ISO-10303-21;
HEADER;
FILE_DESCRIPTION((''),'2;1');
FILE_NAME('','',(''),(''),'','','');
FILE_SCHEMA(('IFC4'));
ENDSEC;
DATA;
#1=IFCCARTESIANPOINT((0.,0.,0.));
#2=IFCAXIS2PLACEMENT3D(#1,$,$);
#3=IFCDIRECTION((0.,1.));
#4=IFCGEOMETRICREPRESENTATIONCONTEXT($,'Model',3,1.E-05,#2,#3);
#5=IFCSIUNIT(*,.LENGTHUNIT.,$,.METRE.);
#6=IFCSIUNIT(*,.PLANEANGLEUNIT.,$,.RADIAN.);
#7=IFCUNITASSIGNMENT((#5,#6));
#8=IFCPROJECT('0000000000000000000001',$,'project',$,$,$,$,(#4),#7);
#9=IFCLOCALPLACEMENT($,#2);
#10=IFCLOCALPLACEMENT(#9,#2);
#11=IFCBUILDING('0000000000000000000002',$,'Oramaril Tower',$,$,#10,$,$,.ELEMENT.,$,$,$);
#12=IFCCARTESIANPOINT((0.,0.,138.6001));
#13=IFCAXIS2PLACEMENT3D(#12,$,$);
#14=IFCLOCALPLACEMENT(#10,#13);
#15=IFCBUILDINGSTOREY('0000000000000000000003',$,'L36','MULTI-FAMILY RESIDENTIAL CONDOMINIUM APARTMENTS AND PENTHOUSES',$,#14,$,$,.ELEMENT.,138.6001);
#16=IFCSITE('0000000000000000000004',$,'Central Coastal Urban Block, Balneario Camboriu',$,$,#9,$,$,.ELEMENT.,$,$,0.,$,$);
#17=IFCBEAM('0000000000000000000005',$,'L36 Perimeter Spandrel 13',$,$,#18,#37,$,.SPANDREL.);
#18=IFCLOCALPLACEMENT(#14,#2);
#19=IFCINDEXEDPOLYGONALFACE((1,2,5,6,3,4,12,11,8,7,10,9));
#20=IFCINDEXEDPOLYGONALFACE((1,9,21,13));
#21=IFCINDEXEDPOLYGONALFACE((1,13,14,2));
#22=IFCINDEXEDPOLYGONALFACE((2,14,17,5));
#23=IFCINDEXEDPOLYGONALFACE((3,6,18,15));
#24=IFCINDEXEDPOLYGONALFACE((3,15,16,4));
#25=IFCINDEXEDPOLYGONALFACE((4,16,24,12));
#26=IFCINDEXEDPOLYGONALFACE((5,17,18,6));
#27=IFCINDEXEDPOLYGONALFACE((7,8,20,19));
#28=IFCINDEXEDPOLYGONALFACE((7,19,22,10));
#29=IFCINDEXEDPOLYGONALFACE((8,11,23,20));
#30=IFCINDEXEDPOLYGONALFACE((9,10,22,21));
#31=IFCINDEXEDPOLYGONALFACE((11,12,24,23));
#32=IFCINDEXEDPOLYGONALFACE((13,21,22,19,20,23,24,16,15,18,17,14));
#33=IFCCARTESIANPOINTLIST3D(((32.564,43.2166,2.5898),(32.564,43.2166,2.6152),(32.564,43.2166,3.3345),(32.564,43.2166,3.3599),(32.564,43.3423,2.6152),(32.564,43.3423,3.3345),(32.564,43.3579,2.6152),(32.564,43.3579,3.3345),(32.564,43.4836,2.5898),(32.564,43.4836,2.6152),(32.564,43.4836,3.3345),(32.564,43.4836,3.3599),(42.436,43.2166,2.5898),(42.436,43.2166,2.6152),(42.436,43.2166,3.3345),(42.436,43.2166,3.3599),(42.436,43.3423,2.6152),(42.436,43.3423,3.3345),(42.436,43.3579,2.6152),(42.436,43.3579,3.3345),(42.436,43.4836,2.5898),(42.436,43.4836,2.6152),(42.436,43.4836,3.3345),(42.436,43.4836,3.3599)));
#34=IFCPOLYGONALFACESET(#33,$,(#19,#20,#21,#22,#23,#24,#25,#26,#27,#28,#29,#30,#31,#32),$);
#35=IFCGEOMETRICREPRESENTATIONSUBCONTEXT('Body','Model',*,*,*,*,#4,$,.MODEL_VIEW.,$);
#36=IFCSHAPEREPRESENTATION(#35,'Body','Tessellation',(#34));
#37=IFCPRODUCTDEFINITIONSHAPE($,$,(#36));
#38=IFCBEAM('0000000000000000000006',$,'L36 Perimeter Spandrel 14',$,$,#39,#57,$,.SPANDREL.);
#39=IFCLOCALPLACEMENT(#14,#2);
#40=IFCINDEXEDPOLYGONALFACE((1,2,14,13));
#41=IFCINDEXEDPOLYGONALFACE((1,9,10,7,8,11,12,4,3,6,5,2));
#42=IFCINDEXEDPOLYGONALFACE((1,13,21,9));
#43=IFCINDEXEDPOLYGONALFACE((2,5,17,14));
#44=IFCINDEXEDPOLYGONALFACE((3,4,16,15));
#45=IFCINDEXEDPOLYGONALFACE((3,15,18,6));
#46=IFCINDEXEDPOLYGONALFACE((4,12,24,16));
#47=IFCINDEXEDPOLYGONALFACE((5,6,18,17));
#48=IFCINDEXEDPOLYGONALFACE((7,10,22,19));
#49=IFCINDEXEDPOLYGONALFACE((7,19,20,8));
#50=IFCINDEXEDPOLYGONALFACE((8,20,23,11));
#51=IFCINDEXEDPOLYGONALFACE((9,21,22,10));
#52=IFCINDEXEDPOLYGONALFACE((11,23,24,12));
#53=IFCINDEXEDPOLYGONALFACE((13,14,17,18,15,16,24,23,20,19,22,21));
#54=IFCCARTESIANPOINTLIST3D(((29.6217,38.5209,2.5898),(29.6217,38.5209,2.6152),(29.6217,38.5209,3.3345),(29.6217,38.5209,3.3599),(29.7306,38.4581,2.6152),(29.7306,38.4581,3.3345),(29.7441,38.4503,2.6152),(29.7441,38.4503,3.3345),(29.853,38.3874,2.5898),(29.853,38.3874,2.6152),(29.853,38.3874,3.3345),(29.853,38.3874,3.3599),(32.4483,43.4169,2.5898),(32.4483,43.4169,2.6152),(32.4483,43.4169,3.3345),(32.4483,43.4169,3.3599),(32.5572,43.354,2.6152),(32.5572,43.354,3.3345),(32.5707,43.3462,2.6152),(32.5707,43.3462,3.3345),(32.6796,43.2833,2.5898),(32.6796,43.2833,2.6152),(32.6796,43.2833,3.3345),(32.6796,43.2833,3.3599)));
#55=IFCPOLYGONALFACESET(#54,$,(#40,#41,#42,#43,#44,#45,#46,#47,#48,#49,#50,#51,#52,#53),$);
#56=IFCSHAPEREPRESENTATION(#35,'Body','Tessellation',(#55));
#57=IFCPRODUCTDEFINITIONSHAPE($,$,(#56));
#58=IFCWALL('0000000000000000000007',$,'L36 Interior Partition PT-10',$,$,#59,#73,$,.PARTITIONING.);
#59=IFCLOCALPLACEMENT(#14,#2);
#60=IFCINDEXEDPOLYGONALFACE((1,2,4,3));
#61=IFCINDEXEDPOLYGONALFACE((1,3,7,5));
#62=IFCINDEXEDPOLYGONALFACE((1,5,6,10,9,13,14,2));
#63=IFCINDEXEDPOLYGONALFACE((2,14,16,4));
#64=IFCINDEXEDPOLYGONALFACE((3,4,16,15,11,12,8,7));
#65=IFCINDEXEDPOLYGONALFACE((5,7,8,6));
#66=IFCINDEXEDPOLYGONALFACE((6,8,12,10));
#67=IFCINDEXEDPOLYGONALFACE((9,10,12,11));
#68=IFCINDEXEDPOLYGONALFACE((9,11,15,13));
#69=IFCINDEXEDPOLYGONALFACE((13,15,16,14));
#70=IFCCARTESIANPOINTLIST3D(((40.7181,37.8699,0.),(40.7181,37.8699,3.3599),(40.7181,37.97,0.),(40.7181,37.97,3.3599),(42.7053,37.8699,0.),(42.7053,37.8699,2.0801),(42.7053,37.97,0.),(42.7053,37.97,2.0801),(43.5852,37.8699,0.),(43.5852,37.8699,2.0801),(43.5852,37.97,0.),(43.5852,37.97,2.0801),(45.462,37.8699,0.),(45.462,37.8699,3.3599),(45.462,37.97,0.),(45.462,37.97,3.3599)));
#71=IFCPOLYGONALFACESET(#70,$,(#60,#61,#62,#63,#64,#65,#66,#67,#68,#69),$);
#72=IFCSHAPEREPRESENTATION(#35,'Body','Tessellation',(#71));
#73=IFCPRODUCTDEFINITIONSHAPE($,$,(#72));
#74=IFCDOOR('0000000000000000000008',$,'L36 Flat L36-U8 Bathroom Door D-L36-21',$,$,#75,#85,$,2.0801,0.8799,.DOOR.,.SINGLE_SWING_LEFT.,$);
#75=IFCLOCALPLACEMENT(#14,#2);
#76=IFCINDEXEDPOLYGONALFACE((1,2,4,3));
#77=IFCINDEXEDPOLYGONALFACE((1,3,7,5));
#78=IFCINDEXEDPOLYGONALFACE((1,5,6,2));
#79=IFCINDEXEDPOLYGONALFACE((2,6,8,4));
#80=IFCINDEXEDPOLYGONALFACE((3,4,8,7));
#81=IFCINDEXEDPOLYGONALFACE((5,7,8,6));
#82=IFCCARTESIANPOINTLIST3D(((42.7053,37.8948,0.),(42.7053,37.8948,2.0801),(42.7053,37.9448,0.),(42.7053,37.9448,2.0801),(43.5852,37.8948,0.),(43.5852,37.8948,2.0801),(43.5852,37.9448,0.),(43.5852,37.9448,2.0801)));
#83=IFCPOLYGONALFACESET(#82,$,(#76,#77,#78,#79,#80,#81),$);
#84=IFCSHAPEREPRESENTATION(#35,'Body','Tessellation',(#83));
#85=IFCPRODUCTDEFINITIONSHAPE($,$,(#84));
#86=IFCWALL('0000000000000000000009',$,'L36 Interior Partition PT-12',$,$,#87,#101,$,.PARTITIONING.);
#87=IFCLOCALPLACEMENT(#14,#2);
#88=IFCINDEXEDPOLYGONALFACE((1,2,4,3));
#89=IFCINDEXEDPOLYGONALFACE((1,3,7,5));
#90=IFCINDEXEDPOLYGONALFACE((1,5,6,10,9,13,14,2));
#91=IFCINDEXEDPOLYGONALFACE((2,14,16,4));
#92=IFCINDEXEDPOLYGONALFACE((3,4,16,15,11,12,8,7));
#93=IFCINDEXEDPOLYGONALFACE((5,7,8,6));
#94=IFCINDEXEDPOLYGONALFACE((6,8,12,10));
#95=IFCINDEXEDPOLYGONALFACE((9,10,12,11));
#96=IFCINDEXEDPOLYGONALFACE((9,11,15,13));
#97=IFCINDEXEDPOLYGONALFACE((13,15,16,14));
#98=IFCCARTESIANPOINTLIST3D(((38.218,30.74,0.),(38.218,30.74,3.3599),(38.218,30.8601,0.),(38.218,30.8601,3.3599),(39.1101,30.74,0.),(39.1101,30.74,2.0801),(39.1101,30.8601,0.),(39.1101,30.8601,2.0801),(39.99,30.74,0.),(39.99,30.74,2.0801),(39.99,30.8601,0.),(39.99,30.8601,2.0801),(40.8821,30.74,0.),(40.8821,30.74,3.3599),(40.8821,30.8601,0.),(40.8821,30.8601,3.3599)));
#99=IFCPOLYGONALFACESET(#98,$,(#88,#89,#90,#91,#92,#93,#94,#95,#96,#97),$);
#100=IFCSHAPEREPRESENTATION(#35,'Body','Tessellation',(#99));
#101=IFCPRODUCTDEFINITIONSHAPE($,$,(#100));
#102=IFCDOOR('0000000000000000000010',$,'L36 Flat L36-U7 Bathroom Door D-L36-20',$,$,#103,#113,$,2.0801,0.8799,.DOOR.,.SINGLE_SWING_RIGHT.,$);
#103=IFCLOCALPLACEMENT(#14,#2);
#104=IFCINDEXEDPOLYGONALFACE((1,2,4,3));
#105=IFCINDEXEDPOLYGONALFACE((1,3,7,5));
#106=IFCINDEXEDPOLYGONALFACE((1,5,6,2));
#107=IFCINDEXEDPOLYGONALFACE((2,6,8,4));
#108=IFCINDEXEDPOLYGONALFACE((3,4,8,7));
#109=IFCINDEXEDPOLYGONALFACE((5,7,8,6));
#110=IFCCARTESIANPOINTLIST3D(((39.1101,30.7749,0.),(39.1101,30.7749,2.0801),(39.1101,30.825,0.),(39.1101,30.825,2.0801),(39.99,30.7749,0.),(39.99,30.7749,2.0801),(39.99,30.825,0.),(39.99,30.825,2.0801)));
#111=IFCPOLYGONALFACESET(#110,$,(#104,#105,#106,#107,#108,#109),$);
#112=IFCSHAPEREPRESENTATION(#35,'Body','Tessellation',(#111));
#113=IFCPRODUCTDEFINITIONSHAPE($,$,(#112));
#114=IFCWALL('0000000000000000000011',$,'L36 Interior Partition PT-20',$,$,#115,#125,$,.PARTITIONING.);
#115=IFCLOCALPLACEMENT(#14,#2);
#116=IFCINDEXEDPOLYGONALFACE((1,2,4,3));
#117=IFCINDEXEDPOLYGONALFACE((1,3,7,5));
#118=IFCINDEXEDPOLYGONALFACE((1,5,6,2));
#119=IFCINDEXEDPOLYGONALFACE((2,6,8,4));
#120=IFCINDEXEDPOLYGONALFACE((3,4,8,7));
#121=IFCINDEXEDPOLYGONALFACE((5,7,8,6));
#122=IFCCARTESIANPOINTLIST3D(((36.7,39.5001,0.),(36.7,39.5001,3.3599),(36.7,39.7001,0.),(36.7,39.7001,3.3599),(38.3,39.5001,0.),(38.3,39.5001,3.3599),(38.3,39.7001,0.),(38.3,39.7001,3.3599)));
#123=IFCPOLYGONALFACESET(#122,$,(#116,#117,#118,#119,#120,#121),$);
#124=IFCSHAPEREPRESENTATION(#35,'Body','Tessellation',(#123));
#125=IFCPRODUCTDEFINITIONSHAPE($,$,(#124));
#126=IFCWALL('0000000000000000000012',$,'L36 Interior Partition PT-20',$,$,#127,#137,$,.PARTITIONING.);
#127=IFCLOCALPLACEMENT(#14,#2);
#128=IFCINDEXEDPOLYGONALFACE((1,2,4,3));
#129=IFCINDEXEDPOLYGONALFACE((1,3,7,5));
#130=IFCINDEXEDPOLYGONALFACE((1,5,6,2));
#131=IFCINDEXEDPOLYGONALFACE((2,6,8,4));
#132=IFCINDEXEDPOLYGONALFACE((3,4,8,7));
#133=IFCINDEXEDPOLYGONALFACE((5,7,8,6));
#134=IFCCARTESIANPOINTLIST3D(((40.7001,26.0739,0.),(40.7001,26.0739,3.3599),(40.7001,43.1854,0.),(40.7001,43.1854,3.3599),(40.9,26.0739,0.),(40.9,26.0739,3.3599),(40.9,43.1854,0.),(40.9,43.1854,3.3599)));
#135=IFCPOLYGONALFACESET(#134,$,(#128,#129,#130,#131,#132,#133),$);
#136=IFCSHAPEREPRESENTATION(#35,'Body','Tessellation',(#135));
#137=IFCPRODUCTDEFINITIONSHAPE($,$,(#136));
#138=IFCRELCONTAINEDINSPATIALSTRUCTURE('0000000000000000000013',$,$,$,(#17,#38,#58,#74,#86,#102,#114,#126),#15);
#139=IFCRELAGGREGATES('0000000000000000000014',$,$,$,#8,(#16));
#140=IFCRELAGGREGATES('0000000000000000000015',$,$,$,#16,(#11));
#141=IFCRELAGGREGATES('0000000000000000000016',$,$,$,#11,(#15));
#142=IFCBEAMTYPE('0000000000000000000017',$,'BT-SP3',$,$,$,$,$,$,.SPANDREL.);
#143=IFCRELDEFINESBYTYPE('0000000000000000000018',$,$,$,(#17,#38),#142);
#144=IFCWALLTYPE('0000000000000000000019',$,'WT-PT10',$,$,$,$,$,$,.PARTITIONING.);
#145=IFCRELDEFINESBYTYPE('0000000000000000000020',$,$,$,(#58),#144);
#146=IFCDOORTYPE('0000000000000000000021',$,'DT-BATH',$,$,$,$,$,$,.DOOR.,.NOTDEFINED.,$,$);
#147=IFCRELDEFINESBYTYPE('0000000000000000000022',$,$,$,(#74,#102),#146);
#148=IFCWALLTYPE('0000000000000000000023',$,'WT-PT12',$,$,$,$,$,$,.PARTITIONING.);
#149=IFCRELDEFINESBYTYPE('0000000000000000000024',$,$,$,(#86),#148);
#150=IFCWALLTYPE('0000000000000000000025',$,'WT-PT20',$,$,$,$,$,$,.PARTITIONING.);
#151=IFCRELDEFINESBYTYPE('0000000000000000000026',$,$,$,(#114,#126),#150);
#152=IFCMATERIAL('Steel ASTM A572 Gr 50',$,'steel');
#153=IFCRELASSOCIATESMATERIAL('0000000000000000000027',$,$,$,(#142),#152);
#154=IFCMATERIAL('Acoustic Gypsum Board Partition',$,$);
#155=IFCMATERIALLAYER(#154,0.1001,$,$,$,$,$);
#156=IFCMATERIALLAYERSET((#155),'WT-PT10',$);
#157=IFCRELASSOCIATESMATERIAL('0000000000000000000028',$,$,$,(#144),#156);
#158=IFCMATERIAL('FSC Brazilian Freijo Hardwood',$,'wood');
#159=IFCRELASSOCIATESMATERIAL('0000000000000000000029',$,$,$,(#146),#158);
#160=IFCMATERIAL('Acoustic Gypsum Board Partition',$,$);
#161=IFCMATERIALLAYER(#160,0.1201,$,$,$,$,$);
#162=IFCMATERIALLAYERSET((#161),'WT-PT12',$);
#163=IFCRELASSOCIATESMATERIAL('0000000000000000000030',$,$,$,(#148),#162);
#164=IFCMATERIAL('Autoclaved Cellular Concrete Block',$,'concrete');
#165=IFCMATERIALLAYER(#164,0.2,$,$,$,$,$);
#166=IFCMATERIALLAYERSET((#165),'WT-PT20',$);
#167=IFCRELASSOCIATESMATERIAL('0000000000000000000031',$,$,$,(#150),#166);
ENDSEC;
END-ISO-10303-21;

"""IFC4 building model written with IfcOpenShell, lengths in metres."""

from ifc_helpers import new_model, si_unit, direction, frame, frame_2d, origin, origin_2d, place, context, subcontext, project, spatial, rectangle, i_section, extrude, material, layer, layer_set, material_profile, profile_set, type_object, element, fill, save


model = new_model("IFC4")

# Units and contexts
model_context = context("Model", 3, precision=1e-05, world=origin(), true_north=direction((0.0, 1.0)))
body_context = subcontext(model_context, "Body", "Model", "MODEL_VIEW")
ifc_project = project(units=[si_unit("LENGTHUNIT", "METRE"), si_unit("PLANEANGLEUNIT", "RADIAN")], contexts=[model_context])

# Site, building, storey
site_placement = place(None, origin())
site = spatial("IfcSite", under=ifc_project, at=site_placement, Name="Central Coastal Urban Block, Balneario Camboriu", CompositionType="ELEMENT", RefElevation=0.0)
building_placement = place(site_placement, origin())
building = spatial("IfcBuilding", under=site, at=building_placement, Name="Oramaril Tower", CompositionType="ELEMENT")
storey_placement = place(building_placement, frame((0.0, 0.0, 138.6001)))
storey = spatial("IfcBuildingStorey", under=building, at=storey_placement, Name="L36", Description="MULTI-FAMILY RESIDENTIAL CONDOMINIUM APARTMENTS AND PENTHOUSES", CompositionType="ELEMENT", Elevation=138.6001)

# Beams
ifc_material_1 = material(Name="Steel ASTM A572 Gr 50", Category="steel")
ifc_material_profile = material_profile(ifc_material_1, i_section(OverallWidth=0.2671, OverallDepth=0.77, WebThickness=0.0156, FlangeThickness=0.0254, at=origin_2d()), Name="W30X132")
ifc_profile_set = profile_set([ifc_material_profile], Name="Steel ASTM A572 Gr 50")
beam_type = type_object("IfcBeamType", Name="BT-SP3", PredefinedType="SPANDREL", material=ifc_profile_set)
beam_1_placement = place(storey_placement, frame((42.436, 43.3501, 2.9749), z_axis=(-1.0, 0.0, 0.0), x_axis=(0.0, -1.0, 0.0)))
element("IfcBeam", 1, at=beam_1_placement, inside=storey, type_object=beam_type, Name="L36 Perimeter Spandrel 13", PredefinedType="SPANDREL", context=body_context, shape_type="SweptSolid", body=[
    extrude(i_section(OverallWidth=0.2671, OverallDepth=0.77, WebThickness=0.0156, FlangeThickness=0.0254, at=origin_2d()), origin(), (0.0, 0.0, 1.0), 9.8721),
])
beam_2_placement = place(storey_placement, frame((32.564, 43.3501, 2.9749), z_axis=(-0.499994, -0.866029, 0.0), x_axis=(0.866029, -0.499994, 0.0)))
element("IfcBeam", 2, at=beam_2_placement, inside=storey, type_object=beam_type, Name="L36 Perimeter Spandrel 14", PredefinedType="SPANDREL", context=body_context, shape_type="SweptSolid", body=[
    extrude(i_section(OverallWidth=0.2671, OverallDepth=0.77, WebThickness=0.0156, FlangeThickness=0.0254, at=origin_2d()), origin(), (0.0, 0.0, 1.0), 5.6533),
])

# Walls, openings, doors
ifc_material_2 = material(Name="Acoustic Gypsum Board Partition")
ifc_layer_1 = layer(ifc_material_2, 0.1001)
ifc_layer_set_1 = layer_set([ifc_layer_1], Name="WT-PT10")
wall_type_1 = type_object("IfcWallType", Name="WT-PT10", PredefinedType="PARTITIONING", material=ifc_layer_set_1)
wall_1_placement = place(storey_placement, frame((40.718, 37.9199, 0.0), z_axis=(0.0, 0.0, 1.0), x_axis=(1.0, 0.0, 0.0)))
wall_1 = element("IfcWall", 3, at=wall_1_placement, inside=storey, type_object=wall_type_1, Name="L36 Interior Partition PT-10", PredefinedType="PARTITIONING", context=body_context, shape_type="SweptSolid", body=[
    extrude(rectangle(XDim=4.7439, YDim=0.1001, at=frame_2d((2.3721, 0.0))), origin(), (0.0, 0.0, 1.0), 3.3599),
])
opening_1_placement = place(wall_1_placement, frame((1.9873, 0.0, 0.0)))
opening_1 = element("IfcOpeningElement", 4, at=opening_1_placement, cuts=wall_1, PredefinedType="OPENING", context=body_context, shape_type="SweptSolid", body=[
    extrude(rectangle(XDim=0.8799, YDim=2.0801, at=frame_2d((0.4399, 1.04))), frame((0.0, 0.05, 0.0), z_axis=(0.0, -1.0, 0.0), x_axis=(1.0, 0.0, 0.0)), (0.0, 0.0, 1.0), 0.1001),
])
ifc_material_3 = material(Name="FSC Brazilian Freijo Hardwood", Category="wood")
door_type_1 = type_object("IfcDoorType", Name="DT-BATH", OperationType="NOTDEFINED", PredefinedType="DOOR", material=ifc_material_3)
door_1_placement = place(opening_1_placement, origin())
door_1 = element("IfcDoor", 5, at=door_1_placement, inside=storey, type_object=door_type_1, Name="L36 Flat L36-U8 Bathroom Door D-L36-21", OperationType="SINGLE_SWING_LEFT", OverallHeight=2.0801, OverallWidth=0.8799, PredefinedType="DOOR", context=body_context, shape_type="SweptSolid", body=[
    extrude(rectangle(XDim=0.8799, YDim=2.0801, at=frame_2d((0.4399, 1.04))), frame((0.0, 0.0249, 0.0), z_axis=(0.0, -1.0, 0.0), x_axis=(1.0, 0.0, 0.0)), (0.0, 0.0, 1.0), 0.05),
])
fill(opening_1, door_1)
ifc_material_4 = material(Name="Acoustic Gypsum Board Partition")
ifc_layer_2 = layer(ifc_material_4, 0.1201)
ifc_layer_set_2 = layer_set([ifc_layer_2], Name="WT-PT12")
wall_type_2 = type_object("IfcWallType", Name="WT-PT12", PredefinedType="PARTITIONING", material=ifc_layer_set_2)
wall_2_placement = place(storey_placement, frame((38.218, 30.8, 0.0), z_axis=(0.0, 0.0, 1.0), x_axis=(1.0, 0.0, 0.0)))
wall_2 = element("IfcWall", 6, at=wall_2_placement, inside=storey, type_object=wall_type_2, Name="L36 Interior Partition PT-12", PredefinedType="PARTITIONING", context=body_context, shape_type="SweptSolid", body=[
    extrude(rectangle(XDim=2.6641, YDim=0.1201, at=frame_2d((1.332, 0.0))), origin(), (0.0, 0.0, 1.0), 3.3599),
])
opening_2_placement = place(wall_2_placement, frame((0.8921, 0.0, 0.0)))
opening_2 = element("IfcOpeningElement", 7, at=opening_2_placement, cuts=wall_2, PredefinedType="OPENING", context=body_context, shape_type="SweptSolid", body=[
    extrude(rectangle(XDim=0.8799, YDim=2.0801, at=frame_2d((0.4399, 1.04))), frame((0.0, 0.0601, 0.0), z_axis=(0.0, -1.0, 0.0), x_axis=(1.0, 0.0, 0.0)), (0.0, 0.0, 1.0), 0.1201),
])
door_2_placement = place(opening_2_placement, origin())
door_2 = element("IfcDoor", 8, at=door_2_placement, inside=storey, type_object=door_type_1, Name="L36 Flat L36-U7 Bathroom Door D-L36-20", OperationType="SINGLE_SWING_RIGHT", OverallHeight=2.0801, OverallWidth=0.8799, PredefinedType="DOOR", context=body_context, shape_type="SweptSolid", body=[
    extrude(rectangle(XDim=0.8799, YDim=2.0801, at=frame_2d((0.4399, 1.04))), frame((0.0, 0.0249, 0.0), z_axis=(0.0, -1.0, 0.0), x_axis=(1.0, 0.0, 0.0)), (0.0, 0.0, 1.0), 0.05),
])
fill(opening_2, door_2)
ifc_material_5 = material(Name="Autoclaved Cellular Concrete Block", Category="concrete")
ifc_layer_3 = layer(ifc_material_5, 0.2)
ifc_layer_set_3 = layer_set([ifc_layer_3], Name="WT-PT20")
wall_type_3 = type_object("IfcWallType", Name="WT-PT20", PredefinedType="PARTITIONING", material=ifc_layer_set_3)

# Wall
wall_3_placement = place(storey_placement, frame((36.7, 39.6001, 0.0), z_axis=(0.0, 0.0, 1.0), x_axis=(1.0, 0.0, 0.0)))
element("IfcWall", 9, at=wall_3_placement, inside=storey, type_object=wall_type_3, Name="L36 Interior Partition PT-20", PredefinedType="PARTITIONING", context=body_context, shape_type="SweptSolid", body=[
    extrude(rectangle(XDim=1.6001, YDim=0.2, at=frame_2d((0.8, 0.0))), origin(), (0.0, 0.0, 1.0), 3.3599),
])

# Wall
wall_4_placement = place(storey_placement, frame((40.8, 26.074, 0.0), z_axis=(0.0, 0.0, 1.0), x_axis=(0.0, 1.0, 0.0)))
element("IfcWall", 10, at=wall_4_placement, inside=storey, type_object=wall_type_3, Name="L36 Interior Partition PT-20", PredefinedType="PARTITIONING", context=body_context, shape_type="SweptSolid", body=[
    extrude(rectangle(XDim=17.1116, YDim=0.2, at=frame_2d((8.5557, 0.0))), origin(), (0.0, 0.0, 1.0), 3.3599),
])

save(model, "model.ifc")
